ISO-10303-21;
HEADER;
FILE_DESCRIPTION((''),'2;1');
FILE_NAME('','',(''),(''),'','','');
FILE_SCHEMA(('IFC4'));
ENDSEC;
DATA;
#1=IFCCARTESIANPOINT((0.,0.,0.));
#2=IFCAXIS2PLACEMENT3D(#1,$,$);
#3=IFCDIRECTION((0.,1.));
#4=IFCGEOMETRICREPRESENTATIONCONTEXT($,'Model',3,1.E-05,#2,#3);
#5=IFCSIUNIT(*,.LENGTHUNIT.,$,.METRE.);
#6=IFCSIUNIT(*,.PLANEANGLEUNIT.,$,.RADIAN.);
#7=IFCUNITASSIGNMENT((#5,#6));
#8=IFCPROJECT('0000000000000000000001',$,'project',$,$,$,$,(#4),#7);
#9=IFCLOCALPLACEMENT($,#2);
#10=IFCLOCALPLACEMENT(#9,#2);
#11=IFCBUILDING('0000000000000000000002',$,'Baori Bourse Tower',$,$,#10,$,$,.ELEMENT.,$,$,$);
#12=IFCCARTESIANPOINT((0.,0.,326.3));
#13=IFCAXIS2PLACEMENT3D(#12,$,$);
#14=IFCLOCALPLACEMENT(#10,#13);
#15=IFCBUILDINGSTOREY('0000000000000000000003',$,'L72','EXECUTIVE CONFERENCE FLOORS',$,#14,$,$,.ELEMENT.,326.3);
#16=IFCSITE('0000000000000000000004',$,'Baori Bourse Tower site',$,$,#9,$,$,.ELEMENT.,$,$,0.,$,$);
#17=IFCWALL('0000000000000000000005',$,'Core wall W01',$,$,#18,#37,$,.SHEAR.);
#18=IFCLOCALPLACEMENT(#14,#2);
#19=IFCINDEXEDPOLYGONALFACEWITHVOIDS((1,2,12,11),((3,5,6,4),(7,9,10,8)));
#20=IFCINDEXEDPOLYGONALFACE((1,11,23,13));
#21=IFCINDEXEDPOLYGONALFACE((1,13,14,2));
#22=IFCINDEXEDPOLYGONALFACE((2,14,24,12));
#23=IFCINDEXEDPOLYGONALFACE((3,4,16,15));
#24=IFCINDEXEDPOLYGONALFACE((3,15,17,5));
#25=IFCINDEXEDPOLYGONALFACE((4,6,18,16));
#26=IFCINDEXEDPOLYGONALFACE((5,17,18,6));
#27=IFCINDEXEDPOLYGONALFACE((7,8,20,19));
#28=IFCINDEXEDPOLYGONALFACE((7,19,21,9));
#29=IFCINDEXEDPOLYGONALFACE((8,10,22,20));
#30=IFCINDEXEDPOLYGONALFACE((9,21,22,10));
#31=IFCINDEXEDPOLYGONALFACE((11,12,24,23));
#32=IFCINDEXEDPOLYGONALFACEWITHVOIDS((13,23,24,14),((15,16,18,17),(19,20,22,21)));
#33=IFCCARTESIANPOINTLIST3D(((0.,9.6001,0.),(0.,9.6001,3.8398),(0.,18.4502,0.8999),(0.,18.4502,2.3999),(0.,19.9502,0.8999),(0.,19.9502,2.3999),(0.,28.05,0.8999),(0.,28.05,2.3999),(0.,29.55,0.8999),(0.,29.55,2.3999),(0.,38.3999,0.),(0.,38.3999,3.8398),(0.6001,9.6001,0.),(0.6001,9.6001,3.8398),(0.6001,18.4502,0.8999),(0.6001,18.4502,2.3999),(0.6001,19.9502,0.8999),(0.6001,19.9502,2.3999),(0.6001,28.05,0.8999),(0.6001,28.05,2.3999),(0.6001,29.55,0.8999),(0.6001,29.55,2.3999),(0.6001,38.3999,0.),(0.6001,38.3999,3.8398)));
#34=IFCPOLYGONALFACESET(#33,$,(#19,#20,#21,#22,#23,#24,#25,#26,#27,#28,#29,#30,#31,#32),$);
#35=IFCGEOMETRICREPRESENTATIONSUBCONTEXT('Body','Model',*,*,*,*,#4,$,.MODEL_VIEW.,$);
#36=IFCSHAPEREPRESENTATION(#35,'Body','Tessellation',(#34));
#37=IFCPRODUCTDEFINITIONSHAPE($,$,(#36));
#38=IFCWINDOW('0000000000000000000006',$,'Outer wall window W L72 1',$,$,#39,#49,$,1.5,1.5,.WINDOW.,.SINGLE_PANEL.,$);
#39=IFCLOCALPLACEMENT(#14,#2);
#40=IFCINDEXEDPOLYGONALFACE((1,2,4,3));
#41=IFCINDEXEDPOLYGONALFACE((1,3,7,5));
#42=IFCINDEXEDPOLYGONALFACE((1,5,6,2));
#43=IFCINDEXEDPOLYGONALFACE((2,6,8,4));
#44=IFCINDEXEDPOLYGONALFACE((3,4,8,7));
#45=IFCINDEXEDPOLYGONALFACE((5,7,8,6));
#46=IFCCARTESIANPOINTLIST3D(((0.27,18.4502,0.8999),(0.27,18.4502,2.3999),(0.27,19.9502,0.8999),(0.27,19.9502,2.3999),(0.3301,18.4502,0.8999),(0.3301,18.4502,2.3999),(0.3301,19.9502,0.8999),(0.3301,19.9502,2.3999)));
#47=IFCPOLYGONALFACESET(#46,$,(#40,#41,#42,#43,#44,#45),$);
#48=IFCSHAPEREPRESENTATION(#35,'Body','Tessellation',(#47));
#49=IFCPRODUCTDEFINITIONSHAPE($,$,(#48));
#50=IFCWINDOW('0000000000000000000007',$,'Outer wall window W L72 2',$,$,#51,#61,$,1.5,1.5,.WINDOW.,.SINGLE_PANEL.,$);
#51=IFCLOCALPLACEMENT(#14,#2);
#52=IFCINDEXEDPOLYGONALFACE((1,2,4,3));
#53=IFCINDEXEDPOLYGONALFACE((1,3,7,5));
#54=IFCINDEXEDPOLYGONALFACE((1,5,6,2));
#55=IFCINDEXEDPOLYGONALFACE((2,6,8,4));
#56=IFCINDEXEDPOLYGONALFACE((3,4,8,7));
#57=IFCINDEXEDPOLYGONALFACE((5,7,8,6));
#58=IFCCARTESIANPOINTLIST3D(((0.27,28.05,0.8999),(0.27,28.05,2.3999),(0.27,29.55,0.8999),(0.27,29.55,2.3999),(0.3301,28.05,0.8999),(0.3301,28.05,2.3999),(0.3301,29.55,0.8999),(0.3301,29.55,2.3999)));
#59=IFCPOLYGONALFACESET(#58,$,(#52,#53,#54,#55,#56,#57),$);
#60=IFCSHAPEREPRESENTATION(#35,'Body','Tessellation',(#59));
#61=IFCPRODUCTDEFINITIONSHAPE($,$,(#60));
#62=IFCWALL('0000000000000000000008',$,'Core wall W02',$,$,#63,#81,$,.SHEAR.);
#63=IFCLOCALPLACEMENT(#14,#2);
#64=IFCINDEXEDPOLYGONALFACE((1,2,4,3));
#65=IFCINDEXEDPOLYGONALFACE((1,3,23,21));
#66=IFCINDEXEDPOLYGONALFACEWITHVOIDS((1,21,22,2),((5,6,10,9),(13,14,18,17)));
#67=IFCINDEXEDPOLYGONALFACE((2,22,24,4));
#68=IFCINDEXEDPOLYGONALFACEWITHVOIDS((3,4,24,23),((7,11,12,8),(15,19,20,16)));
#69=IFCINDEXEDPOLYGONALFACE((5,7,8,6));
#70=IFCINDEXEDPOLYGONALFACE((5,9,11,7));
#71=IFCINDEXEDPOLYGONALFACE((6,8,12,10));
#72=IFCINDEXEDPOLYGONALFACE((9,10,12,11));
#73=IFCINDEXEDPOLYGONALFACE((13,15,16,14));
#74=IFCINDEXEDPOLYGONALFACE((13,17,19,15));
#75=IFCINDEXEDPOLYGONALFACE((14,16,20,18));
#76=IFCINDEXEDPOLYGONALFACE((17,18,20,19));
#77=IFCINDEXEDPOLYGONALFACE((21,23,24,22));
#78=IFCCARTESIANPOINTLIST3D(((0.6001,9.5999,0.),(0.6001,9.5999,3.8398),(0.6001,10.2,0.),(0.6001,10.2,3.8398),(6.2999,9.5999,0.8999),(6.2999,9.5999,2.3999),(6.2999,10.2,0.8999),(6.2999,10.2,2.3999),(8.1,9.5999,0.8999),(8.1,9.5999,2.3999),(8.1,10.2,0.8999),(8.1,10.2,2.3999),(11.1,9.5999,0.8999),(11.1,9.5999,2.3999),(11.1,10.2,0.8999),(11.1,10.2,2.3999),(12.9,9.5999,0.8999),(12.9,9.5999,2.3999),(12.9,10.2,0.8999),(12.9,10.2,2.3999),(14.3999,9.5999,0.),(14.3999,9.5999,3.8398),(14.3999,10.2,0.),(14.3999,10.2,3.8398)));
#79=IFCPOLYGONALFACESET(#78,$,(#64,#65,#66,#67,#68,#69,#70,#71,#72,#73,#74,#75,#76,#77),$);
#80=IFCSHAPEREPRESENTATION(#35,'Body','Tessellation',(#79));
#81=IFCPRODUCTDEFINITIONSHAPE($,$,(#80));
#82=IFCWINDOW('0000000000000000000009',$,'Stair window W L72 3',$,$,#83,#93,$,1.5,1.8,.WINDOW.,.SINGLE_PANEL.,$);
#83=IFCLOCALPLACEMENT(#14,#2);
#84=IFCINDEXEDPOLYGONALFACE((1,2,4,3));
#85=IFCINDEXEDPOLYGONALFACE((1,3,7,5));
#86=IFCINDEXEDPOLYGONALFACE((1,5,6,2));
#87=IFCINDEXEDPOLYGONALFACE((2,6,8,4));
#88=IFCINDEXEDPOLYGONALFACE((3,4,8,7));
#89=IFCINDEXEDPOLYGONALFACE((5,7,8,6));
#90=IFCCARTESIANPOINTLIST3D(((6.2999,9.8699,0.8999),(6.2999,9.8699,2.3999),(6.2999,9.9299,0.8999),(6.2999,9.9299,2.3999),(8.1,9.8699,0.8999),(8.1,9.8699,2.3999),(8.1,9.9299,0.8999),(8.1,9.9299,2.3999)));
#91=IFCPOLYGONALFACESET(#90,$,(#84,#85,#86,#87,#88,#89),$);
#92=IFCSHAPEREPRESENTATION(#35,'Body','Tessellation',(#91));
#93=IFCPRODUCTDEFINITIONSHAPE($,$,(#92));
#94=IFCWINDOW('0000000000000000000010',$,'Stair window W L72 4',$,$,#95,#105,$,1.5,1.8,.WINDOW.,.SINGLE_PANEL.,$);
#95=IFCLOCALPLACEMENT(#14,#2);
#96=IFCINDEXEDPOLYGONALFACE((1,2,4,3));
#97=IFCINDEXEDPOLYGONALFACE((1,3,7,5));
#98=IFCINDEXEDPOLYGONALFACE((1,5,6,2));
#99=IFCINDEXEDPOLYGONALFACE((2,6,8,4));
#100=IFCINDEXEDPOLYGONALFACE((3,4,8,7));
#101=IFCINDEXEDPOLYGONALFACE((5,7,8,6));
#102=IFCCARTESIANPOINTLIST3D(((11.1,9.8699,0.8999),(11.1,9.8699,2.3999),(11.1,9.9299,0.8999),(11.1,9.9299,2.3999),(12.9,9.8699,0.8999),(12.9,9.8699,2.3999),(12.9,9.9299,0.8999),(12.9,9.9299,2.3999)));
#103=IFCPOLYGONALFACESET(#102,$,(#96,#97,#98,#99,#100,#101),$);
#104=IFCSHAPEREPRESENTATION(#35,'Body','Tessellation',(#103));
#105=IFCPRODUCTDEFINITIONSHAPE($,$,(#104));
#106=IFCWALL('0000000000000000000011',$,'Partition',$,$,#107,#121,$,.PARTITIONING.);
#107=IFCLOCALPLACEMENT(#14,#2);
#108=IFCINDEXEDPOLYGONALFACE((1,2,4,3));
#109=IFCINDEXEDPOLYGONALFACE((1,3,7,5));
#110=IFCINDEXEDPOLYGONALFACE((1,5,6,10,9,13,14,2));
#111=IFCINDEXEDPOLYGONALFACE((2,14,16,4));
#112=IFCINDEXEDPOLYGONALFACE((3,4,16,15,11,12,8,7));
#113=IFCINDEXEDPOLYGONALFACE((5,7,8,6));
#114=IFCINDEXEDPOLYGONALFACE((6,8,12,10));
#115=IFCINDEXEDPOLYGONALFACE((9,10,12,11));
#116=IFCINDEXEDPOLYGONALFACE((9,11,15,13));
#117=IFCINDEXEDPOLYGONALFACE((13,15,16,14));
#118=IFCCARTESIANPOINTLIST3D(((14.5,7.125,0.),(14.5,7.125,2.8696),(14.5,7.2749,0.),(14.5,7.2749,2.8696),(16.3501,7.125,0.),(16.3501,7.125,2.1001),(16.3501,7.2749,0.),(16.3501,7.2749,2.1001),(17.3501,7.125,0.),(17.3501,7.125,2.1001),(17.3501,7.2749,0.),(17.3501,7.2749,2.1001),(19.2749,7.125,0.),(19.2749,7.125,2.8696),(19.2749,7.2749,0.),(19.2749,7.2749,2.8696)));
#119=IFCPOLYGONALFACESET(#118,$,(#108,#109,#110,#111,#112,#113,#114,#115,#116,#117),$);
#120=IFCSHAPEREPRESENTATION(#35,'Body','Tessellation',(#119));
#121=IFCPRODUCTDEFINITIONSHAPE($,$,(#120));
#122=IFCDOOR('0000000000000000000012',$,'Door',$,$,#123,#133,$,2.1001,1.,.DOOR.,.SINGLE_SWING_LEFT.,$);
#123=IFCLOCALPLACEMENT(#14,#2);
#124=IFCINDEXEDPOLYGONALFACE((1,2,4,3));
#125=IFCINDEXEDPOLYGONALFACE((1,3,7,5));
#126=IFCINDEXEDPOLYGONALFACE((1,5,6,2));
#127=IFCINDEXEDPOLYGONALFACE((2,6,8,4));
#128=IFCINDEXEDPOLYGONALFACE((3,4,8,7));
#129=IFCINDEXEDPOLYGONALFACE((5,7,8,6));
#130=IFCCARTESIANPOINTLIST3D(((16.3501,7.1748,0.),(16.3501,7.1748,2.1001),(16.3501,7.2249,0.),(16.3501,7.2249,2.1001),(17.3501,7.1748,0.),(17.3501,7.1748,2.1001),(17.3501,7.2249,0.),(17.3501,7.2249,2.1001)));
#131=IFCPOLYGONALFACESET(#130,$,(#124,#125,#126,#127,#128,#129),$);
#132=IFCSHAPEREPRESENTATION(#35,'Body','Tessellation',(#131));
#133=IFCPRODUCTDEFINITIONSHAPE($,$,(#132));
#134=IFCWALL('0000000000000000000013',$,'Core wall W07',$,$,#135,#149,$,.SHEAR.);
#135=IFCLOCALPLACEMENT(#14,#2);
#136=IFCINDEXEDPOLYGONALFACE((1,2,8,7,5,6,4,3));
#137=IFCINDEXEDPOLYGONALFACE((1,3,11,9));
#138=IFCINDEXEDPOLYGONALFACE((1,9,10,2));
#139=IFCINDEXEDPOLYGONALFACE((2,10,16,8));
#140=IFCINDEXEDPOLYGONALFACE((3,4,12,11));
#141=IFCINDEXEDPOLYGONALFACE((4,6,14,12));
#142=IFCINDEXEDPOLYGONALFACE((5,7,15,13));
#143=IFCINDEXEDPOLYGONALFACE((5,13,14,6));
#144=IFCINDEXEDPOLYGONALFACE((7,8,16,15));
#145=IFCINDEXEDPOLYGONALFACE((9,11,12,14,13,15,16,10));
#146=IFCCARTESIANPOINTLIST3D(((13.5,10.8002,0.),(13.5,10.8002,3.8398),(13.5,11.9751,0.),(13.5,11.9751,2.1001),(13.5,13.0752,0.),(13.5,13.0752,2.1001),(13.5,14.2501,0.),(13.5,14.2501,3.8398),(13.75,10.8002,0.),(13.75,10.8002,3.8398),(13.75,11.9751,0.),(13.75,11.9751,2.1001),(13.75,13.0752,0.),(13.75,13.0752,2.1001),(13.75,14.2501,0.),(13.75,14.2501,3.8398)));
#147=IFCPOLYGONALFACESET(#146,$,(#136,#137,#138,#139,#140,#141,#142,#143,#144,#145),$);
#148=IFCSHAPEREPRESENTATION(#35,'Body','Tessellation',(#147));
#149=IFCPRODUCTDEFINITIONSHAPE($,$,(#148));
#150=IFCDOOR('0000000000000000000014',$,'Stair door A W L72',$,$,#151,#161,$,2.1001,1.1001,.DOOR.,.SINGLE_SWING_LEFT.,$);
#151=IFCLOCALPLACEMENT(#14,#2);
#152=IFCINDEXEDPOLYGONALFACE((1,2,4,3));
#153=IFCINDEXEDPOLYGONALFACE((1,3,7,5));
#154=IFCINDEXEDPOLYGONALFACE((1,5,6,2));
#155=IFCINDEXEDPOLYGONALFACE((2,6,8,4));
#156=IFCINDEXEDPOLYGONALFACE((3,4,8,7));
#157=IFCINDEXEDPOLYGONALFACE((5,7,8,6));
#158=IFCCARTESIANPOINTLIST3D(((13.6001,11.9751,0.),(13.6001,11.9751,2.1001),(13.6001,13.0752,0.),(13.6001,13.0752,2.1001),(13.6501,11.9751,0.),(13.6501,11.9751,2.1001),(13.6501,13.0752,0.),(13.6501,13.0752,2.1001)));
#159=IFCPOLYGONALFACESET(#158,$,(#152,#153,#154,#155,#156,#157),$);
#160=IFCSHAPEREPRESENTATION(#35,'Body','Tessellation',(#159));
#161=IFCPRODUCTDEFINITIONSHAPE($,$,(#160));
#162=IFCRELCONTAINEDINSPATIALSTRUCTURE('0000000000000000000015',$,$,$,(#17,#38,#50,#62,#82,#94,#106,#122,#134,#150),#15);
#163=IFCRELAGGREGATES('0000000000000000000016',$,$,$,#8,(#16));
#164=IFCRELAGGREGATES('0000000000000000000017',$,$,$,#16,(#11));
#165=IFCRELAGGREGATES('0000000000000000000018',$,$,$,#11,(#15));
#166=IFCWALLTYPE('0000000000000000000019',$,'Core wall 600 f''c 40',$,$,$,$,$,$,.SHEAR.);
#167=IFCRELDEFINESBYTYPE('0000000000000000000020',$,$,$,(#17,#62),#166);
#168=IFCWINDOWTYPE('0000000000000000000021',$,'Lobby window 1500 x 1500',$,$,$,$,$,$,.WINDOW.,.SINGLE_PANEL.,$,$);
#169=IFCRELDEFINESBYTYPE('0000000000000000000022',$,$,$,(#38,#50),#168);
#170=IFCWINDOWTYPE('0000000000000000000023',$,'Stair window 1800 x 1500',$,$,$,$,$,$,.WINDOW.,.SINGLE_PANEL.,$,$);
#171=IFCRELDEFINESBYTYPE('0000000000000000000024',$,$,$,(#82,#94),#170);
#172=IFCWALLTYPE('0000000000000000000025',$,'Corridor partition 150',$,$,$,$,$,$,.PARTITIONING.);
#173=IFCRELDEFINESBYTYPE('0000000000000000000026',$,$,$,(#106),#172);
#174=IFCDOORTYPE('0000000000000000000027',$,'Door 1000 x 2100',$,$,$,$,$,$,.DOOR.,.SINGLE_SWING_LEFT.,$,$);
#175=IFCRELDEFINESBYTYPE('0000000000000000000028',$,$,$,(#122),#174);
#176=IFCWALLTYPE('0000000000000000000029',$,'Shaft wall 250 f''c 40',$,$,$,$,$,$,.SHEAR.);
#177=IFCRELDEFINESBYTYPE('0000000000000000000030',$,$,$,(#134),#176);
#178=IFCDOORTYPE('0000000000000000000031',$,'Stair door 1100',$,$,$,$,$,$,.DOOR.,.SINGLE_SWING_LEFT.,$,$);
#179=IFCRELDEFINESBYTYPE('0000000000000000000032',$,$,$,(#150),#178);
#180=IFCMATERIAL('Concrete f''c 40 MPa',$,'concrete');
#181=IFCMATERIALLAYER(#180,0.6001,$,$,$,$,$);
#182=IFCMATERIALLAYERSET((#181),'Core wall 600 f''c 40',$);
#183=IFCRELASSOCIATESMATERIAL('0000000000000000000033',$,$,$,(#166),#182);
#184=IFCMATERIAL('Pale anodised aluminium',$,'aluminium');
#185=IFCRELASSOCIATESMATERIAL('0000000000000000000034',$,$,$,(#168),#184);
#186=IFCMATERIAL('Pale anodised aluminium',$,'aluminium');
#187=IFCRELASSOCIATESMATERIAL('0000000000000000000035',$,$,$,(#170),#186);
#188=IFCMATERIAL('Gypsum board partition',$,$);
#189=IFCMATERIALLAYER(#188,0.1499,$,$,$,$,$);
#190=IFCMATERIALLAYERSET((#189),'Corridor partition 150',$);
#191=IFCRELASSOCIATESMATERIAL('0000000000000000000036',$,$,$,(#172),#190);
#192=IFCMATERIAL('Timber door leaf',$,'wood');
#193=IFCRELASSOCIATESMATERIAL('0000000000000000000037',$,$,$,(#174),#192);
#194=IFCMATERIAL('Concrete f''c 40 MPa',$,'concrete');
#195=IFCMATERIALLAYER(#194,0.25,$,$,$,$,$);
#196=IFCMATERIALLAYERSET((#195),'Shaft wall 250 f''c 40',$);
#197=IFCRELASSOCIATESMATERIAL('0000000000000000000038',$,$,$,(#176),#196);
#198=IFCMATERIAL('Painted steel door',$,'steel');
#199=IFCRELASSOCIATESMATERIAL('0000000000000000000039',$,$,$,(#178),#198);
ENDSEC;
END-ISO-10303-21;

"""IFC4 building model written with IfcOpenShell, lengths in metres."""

from ifc_helpers import new_model, si_unit, direction, frame, frame_2d, origin, place, context, subcontext, project, spatial, rectangle, extrude, material, layer, layer_set, type_object, element, fill, save


model = new_model("IFC4")

# Units and contexts
model_context = context("Model", 3, precision=1e-05, world=origin(), true_north=direction((0.0, 1.0)))
body_context = subcontext(model_context, "Body", "Model", "MODEL_VIEW")
ifc_project = project(units=[si_unit("LENGTHUNIT", "METRE"), si_unit("PLANEANGLEUNIT", "RADIAN")], contexts=[model_context])

# Site, building, storey
site_placement = place(None, origin())
site = spatial("IfcSite", under=ifc_project, at=site_placement, Name="Baori Bourse Tower site", CompositionType="ELEMENT", RefElevation=0.0)
building_placement = place(site_placement, origin())
building = spatial("IfcBuilding", under=site, at=building_placement, Name="Baori Bourse Tower", CompositionType="ELEMENT")
storey_placement = place(building_placement, frame((0.0, 0.0, 326.3)))
storey = spatial("IfcBuildingStorey", under=building, at=storey_placement, Name="L72", Description="EXECUTIVE CONFERENCE FLOORS", CompositionType="ELEMENT", Elevation=326.3)

# Walls, openings, windows
ifc_material_1 = material(Name="Concrete f'c 40 MPa", Category="concrete")
ifc_layer_1 = layer(ifc_material_1, 0.6001)
ifc_layer_set_1 = layer_set([ifc_layer_1], Name="Core wall 600 f'c 40")
wall_type_1 = type_object("IfcWallType", Name="Core wall 600 f'c 40", PredefinedType="SHEAR", material=ifc_layer_set_1)
wall_1_placement = place(storey_placement, frame((0.3, 9.6001, 0.0), z_axis=(0.0, 0.0, 1.0), x_axis=(0.0, 1.0, 0.0)))
wall_1 = element("IfcWall", 1, at=wall_1_placement, inside=storey, type_object=wall_type_1, Name="Core wall W01", PredefinedType="SHEAR", context=body_context, shape_type="SweptSolid", body=[
    extrude(rectangle(XDim=28.7998, YDim=0.6001, at=frame_2d((14.3999, 0.0))), origin(), (0.0, 0.0, 1.0), 3.8398),
])
opening_1_placement = place(wall_1_placement, frame((8.8501, 0.0, 0.8999)))
opening_1 = element("IfcOpeningElement", 2, at=opening_1_placement, cuts=wall_1, PredefinedType="OPENING", context=body_context, shape_type="SweptSolid", body=[
    extrude(rectangle(XDim=1.5, YDim=1.5, at=frame_2d((0.75, 0.75))), frame((0.0, 0.3101, 0.0), z_axis=(0.0, -1.0, 0.0), x_axis=(1.0, 0.0, 0.0)), (0.0, 0.0, 1.0), 0.6201),
])
opening_2_placement = place(wall_1_placement, frame((18.45, 0.0, 0.8999)))
opening_2 = element("IfcOpeningElement", 3, at=opening_2_placement, cuts=wall_1, PredefinedType="OPENING", context=body_context, shape_type="SweptSolid", body=[
    extrude(rectangle(XDim=1.5, YDim=1.5, at=frame_2d((0.75, 0.75))), frame((0.0, 0.3101, 0.0), z_axis=(0.0, -1.0, 0.0), x_axis=(1.0, 0.0, 0.0)), (0.0, 0.0, 1.0), 0.6201),
])
ifc_material_2 = material(Name="Pale anodised aluminium", Category="aluminium")
window_type_1 = type_object("IfcWindowType", Name="Lobby window 1500 x 1500", PartitioningType="SINGLE_PANEL", PredefinedType="WINDOW", material=ifc_material_2)
window_1_placement = place(opening_1_placement, origin())
window_1 = element("IfcWindow", 4, at=window_1_placement, inside=storey, type_object=window_type_1, Name="Outer wall window W L72 1", OverallHeight=1.5, OverallWidth=1.5, PartitioningType="SINGLE_PANEL", PredefinedType="WINDOW", context=body_context, shape_type="SweptSolid", body=[
    extrude(rectangle(XDim=1.5, YDim=1.5, at=frame_2d((0.75, 0.75))), frame((0.0, 0.03, 0.0), z_axis=(0.0, -1.0, 0.0), x_axis=(1.0, 0.0, 0.0)), (0.0, 0.0, 1.0), 0.0601),
])
fill(opening_1, window_1)
window_2_placement = place(opening_2_placement, origin())
window_2 = element("IfcWindow", 5, at=window_2_placement, inside=storey, type_object=window_type_1, Name="Outer wall window W L72 2", OverallHeight=1.5, OverallWidth=1.5, PartitioningType="SINGLE_PANEL", PredefinedType="WINDOW", context=body_context, shape_type="SweptSolid", body=[
    extrude(rectangle(XDim=1.5, YDim=1.5, at=frame_2d((0.75, 0.75))), frame((0.0, 0.03, 0.0), z_axis=(0.0, -1.0, 0.0), x_axis=(1.0, 0.0, 0.0)), (0.0, 0.0, 1.0), 0.0601),
])
fill(opening_2, window_2)
wall_2_placement = place(storey_placement, frame((14.3999, 9.8999, 0.0), z_axis=(0.0, 0.0, 1.0), x_axis=(-1.0, 0.0, 0.0)))
wall_2 = element("IfcWall", 6, at=wall_2_placement, inside=storey, type_object=wall_type_1, Name="Core wall W02", PredefinedType="SHEAR", context=body_context, shape_type="SweptSolid", body=[
    extrude(rectangle(XDim=13.7998, YDim=0.6001, at=frame_2d((6.8999, 0.0))), origin(), (0.0, 0.0, 1.0), 3.8398),
])
opening_3_placement = place(wall_2_placement, frame((6.3, 0.0, 0.8999)))
opening_3 = element("IfcOpeningElement", 7, at=opening_3_placement, cuts=wall_2, PredefinedType="OPENING", context=body_context, shape_type="SweptSolid", body=[
    extrude(rectangle(XDim=1.8, YDim=1.5, at=frame_2d((0.8999, 0.75))), frame((0.0, 0.3101, 0.0), z_axis=(0.0, -1.0, 0.0), x_axis=(1.0, 0.0, 0.0)), (0.0, 0.0, 1.0), 0.6201),
])
opening_4_placement = place(wall_2_placement, frame((1.5, 0.0, 0.8999)))
opening_4 = element("IfcOpeningElement", 8, at=opening_4_placement, cuts=wall_2, PredefinedType="OPENING", context=body_context, shape_type="SweptSolid", body=[
    extrude(rectangle(XDim=1.8, YDim=1.5, at=frame_2d((0.8999, 0.75))), frame((0.0, 0.3101, 0.0), z_axis=(0.0, -1.0, 0.0), x_axis=(1.0, 0.0, 0.0)), (0.0, 0.0, 1.0), 0.6201),
])
ifc_material_3 = material(Name="Pale anodised aluminium", Category="aluminium")
window_type_2 = type_object("IfcWindowType", Name="Stair window 1800 x 1500", PartitioningType="SINGLE_PANEL", PredefinedType="WINDOW", material=ifc_material_3)
window_3_placement = place(opening_3_placement, origin())
window_3 = element("IfcWindow", 9, at=window_3_placement, inside=storey, type_object=window_type_2, Name="Stair window W L72 3", OverallHeight=1.5, OverallWidth=1.8, PartitioningType="SINGLE_PANEL", PredefinedType="WINDOW", context=body_context, shape_type="SweptSolid", body=[
    extrude(rectangle(XDim=1.8, YDim=1.5, at=frame_2d((0.8999, 0.75))), frame((0.0, 0.03, 0.0), z_axis=(0.0, -1.0, 0.0), x_axis=(1.0, 0.0, 0.0)), (0.0, 0.0, 1.0), 0.0601),
])
fill(opening_3, window_3)
window_4_placement = place(opening_4_placement, origin())
window_4 = element("IfcWindow", 10, at=window_4_placement, inside=storey, type_object=window_type_2, Name="Stair window W L72 4", OverallHeight=1.5, OverallWidth=1.8, PartitioningType="SINGLE_PANEL", PredefinedType="WINDOW", context=body_context, shape_type="SweptSolid", body=[
    extrude(rectangle(XDim=1.8, YDim=1.5, at=frame_2d((0.8999, 0.75))), frame((0.0, 0.03, 0.0), z_axis=(0.0, -1.0, 0.0), x_axis=(1.0, 0.0, 0.0)), (0.0, 0.0, 1.0), 0.0601),
])
fill(opening_4, window_4)

# Walls, openings, doors
ifc_material_4 = material(Name="Gypsum board partition")
ifc_layer_2 = layer(ifc_material_4, 0.1499)
ifc_layer_set_2 = layer_set([ifc_layer_2], Name="Corridor partition 150")
wall_type_2 = type_object("IfcWallType", Name="Corridor partition 150", PredefinedType="PARTITIONING", material=ifc_layer_set_2)
wall_3_placement = place(storey_placement, frame((14.5, 7.2, 0.0), z_axis=(0.0, 0.0, 1.0), x_axis=(1.0, 0.0, 0.0)))
wall_3 = element("IfcWall", 11, at=wall_3_placement, inside=storey, type_object=wall_type_2, Name="Partition", PredefinedType="PARTITIONING", context=body_context, shape_type="SweptSolid", body=[
    extrude(rectangle(XDim=4.7749, YDim=0.1499, at=frame_2d((2.3875, 0.0))), origin(), (0.0, 0.0, 1.0), 2.8696),
])
opening_5_placement = place(wall_3_placement, frame((1.8501, 0.0, 0.0)))
opening_5 = element("IfcOpeningElement", 12, at=opening_5_placement, cuts=wall_3, PredefinedType="OPENING", context=body_context, shape_type="SweptSolid", body=[
    extrude(rectangle(XDim=1.0, YDim=2.1001, at=frame_2d((0.5, 1.05))), frame((0.0, 0.085, 0.0), z_axis=(0.0, -1.0, 0.0), x_axis=(1.0, 0.0, 0.0)), (0.0, 0.0, 1.0), 0.1699),
])
ifc_material_5 = material(Name="Timber door leaf", Category="wood")
door_type_1 = type_object("IfcDoorType", Name="Door 1000 x 2100", OperationType="SINGLE_SWING_LEFT", PredefinedType="DOOR", material=ifc_material_5)
door_1_placement = place(opening_5_placement, origin())
door_1 = element("IfcDoor", 13, at=door_1_placement, inside=storey, type_object=door_type_1, Name="Door", OperationType="SINGLE_SWING_LEFT", OverallHeight=2.1001, OverallWidth=1.0, PredefinedType="DOOR", context=body_context, shape_type="SweptSolid", body=[
    extrude(rectangle(XDim=1.0, YDim=2.1001, at=frame_2d((0.5, 1.05))), frame((0.0, 0.0249, 0.0), z_axis=(0.0, -1.0, 0.0), x_axis=(1.0, 0.0, 0.0)), (0.0, 0.0, 1.0), 0.05),
])
fill(opening_5, door_1)
ifc_material_6 = material(Name="Concrete f'c 40 MPa", Category="concrete")
ifc_layer_3 = layer(ifc_material_6, 0.25)
ifc_layer_set_3 = layer_set([ifc_layer_3], Name="Shaft wall 250 f'c 40")
wall_type_3 = type_object("IfcWallType", Name="Shaft wall 250 f'c 40", PredefinedType="SHEAR", material=ifc_layer_set_3)
wall_4_placement = place(storey_placement, frame((13.625, 10.8, 0.0), z_axis=(0.0, 0.0, 1.0), x_axis=(0.0, 1.0, 0.0)))
wall_4 = element("IfcWall", 14, at=wall_4_placement, inside=storey, type_object=wall_type_3, Name="Core wall W07", PredefinedType="SHEAR", context=body_context, shape_type="SweptSolid", body=[
    extrude(rectangle(XDim=3.45, YDim=0.25, at=frame_2d((1.7251, 0.0))), origin(), (0.0, 0.0, 1.0), 3.8398),
])
opening_6_placement = place(wall_4_placement, frame((1.175, 0.0, 0.0)))
opening_6 = element("IfcOpeningElement", 15, at=opening_6_placement, cuts=wall_4, PredefinedType="OPENING", context=body_context, shape_type="SweptSolid", body=[
    extrude(rectangle(XDim=1.1001, YDim=2.1001, at=frame_2d((0.55, 1.05))), frame((0.0, 0.135, 0.0), z_axis=(0.0, -1.0, 0.0), x_axis=(1.0, 0.0, 0.0)), (0.0, 0.0, 1.0), 0.27),
])
ifc_material_7 = material(Name="Painted steel door", Category="steel")
door_type_2 = type_object("IfcDoorType", Name="Stair door 1100", OperationType="SINGLE_SWING_LEFT", PredefinedType="DOOR", material=ifc_material_7)
door_2_placement = place(opening_6_placement, origin())
door_2 = element("IfcDoor", 16, at=door_2_placement, inside=storey, type_object=door_type_2, Name="Stair door A W L72", OperationType="SINGLE_SWING_LEFT", OverallHeight=2.1001, OverallWidth=1.1001, PredefinedType="DOOR", context=body_context, shape_type="SweptSolid", body=[
    extrude(rectangle(XDim=1.1001, YDim=2.1001, at=frame_2d((0.55, 1.05))), frame((0.0, 0.0249, 0.0), z_axis=(0.0, -1.0, 0.0), x_axis=(1.0, 0.0, 0.0)), (0.0, 0.0, 1.0), 0.05),
])
fill(opening_6, door_2)

save(model, "model.ifc")
